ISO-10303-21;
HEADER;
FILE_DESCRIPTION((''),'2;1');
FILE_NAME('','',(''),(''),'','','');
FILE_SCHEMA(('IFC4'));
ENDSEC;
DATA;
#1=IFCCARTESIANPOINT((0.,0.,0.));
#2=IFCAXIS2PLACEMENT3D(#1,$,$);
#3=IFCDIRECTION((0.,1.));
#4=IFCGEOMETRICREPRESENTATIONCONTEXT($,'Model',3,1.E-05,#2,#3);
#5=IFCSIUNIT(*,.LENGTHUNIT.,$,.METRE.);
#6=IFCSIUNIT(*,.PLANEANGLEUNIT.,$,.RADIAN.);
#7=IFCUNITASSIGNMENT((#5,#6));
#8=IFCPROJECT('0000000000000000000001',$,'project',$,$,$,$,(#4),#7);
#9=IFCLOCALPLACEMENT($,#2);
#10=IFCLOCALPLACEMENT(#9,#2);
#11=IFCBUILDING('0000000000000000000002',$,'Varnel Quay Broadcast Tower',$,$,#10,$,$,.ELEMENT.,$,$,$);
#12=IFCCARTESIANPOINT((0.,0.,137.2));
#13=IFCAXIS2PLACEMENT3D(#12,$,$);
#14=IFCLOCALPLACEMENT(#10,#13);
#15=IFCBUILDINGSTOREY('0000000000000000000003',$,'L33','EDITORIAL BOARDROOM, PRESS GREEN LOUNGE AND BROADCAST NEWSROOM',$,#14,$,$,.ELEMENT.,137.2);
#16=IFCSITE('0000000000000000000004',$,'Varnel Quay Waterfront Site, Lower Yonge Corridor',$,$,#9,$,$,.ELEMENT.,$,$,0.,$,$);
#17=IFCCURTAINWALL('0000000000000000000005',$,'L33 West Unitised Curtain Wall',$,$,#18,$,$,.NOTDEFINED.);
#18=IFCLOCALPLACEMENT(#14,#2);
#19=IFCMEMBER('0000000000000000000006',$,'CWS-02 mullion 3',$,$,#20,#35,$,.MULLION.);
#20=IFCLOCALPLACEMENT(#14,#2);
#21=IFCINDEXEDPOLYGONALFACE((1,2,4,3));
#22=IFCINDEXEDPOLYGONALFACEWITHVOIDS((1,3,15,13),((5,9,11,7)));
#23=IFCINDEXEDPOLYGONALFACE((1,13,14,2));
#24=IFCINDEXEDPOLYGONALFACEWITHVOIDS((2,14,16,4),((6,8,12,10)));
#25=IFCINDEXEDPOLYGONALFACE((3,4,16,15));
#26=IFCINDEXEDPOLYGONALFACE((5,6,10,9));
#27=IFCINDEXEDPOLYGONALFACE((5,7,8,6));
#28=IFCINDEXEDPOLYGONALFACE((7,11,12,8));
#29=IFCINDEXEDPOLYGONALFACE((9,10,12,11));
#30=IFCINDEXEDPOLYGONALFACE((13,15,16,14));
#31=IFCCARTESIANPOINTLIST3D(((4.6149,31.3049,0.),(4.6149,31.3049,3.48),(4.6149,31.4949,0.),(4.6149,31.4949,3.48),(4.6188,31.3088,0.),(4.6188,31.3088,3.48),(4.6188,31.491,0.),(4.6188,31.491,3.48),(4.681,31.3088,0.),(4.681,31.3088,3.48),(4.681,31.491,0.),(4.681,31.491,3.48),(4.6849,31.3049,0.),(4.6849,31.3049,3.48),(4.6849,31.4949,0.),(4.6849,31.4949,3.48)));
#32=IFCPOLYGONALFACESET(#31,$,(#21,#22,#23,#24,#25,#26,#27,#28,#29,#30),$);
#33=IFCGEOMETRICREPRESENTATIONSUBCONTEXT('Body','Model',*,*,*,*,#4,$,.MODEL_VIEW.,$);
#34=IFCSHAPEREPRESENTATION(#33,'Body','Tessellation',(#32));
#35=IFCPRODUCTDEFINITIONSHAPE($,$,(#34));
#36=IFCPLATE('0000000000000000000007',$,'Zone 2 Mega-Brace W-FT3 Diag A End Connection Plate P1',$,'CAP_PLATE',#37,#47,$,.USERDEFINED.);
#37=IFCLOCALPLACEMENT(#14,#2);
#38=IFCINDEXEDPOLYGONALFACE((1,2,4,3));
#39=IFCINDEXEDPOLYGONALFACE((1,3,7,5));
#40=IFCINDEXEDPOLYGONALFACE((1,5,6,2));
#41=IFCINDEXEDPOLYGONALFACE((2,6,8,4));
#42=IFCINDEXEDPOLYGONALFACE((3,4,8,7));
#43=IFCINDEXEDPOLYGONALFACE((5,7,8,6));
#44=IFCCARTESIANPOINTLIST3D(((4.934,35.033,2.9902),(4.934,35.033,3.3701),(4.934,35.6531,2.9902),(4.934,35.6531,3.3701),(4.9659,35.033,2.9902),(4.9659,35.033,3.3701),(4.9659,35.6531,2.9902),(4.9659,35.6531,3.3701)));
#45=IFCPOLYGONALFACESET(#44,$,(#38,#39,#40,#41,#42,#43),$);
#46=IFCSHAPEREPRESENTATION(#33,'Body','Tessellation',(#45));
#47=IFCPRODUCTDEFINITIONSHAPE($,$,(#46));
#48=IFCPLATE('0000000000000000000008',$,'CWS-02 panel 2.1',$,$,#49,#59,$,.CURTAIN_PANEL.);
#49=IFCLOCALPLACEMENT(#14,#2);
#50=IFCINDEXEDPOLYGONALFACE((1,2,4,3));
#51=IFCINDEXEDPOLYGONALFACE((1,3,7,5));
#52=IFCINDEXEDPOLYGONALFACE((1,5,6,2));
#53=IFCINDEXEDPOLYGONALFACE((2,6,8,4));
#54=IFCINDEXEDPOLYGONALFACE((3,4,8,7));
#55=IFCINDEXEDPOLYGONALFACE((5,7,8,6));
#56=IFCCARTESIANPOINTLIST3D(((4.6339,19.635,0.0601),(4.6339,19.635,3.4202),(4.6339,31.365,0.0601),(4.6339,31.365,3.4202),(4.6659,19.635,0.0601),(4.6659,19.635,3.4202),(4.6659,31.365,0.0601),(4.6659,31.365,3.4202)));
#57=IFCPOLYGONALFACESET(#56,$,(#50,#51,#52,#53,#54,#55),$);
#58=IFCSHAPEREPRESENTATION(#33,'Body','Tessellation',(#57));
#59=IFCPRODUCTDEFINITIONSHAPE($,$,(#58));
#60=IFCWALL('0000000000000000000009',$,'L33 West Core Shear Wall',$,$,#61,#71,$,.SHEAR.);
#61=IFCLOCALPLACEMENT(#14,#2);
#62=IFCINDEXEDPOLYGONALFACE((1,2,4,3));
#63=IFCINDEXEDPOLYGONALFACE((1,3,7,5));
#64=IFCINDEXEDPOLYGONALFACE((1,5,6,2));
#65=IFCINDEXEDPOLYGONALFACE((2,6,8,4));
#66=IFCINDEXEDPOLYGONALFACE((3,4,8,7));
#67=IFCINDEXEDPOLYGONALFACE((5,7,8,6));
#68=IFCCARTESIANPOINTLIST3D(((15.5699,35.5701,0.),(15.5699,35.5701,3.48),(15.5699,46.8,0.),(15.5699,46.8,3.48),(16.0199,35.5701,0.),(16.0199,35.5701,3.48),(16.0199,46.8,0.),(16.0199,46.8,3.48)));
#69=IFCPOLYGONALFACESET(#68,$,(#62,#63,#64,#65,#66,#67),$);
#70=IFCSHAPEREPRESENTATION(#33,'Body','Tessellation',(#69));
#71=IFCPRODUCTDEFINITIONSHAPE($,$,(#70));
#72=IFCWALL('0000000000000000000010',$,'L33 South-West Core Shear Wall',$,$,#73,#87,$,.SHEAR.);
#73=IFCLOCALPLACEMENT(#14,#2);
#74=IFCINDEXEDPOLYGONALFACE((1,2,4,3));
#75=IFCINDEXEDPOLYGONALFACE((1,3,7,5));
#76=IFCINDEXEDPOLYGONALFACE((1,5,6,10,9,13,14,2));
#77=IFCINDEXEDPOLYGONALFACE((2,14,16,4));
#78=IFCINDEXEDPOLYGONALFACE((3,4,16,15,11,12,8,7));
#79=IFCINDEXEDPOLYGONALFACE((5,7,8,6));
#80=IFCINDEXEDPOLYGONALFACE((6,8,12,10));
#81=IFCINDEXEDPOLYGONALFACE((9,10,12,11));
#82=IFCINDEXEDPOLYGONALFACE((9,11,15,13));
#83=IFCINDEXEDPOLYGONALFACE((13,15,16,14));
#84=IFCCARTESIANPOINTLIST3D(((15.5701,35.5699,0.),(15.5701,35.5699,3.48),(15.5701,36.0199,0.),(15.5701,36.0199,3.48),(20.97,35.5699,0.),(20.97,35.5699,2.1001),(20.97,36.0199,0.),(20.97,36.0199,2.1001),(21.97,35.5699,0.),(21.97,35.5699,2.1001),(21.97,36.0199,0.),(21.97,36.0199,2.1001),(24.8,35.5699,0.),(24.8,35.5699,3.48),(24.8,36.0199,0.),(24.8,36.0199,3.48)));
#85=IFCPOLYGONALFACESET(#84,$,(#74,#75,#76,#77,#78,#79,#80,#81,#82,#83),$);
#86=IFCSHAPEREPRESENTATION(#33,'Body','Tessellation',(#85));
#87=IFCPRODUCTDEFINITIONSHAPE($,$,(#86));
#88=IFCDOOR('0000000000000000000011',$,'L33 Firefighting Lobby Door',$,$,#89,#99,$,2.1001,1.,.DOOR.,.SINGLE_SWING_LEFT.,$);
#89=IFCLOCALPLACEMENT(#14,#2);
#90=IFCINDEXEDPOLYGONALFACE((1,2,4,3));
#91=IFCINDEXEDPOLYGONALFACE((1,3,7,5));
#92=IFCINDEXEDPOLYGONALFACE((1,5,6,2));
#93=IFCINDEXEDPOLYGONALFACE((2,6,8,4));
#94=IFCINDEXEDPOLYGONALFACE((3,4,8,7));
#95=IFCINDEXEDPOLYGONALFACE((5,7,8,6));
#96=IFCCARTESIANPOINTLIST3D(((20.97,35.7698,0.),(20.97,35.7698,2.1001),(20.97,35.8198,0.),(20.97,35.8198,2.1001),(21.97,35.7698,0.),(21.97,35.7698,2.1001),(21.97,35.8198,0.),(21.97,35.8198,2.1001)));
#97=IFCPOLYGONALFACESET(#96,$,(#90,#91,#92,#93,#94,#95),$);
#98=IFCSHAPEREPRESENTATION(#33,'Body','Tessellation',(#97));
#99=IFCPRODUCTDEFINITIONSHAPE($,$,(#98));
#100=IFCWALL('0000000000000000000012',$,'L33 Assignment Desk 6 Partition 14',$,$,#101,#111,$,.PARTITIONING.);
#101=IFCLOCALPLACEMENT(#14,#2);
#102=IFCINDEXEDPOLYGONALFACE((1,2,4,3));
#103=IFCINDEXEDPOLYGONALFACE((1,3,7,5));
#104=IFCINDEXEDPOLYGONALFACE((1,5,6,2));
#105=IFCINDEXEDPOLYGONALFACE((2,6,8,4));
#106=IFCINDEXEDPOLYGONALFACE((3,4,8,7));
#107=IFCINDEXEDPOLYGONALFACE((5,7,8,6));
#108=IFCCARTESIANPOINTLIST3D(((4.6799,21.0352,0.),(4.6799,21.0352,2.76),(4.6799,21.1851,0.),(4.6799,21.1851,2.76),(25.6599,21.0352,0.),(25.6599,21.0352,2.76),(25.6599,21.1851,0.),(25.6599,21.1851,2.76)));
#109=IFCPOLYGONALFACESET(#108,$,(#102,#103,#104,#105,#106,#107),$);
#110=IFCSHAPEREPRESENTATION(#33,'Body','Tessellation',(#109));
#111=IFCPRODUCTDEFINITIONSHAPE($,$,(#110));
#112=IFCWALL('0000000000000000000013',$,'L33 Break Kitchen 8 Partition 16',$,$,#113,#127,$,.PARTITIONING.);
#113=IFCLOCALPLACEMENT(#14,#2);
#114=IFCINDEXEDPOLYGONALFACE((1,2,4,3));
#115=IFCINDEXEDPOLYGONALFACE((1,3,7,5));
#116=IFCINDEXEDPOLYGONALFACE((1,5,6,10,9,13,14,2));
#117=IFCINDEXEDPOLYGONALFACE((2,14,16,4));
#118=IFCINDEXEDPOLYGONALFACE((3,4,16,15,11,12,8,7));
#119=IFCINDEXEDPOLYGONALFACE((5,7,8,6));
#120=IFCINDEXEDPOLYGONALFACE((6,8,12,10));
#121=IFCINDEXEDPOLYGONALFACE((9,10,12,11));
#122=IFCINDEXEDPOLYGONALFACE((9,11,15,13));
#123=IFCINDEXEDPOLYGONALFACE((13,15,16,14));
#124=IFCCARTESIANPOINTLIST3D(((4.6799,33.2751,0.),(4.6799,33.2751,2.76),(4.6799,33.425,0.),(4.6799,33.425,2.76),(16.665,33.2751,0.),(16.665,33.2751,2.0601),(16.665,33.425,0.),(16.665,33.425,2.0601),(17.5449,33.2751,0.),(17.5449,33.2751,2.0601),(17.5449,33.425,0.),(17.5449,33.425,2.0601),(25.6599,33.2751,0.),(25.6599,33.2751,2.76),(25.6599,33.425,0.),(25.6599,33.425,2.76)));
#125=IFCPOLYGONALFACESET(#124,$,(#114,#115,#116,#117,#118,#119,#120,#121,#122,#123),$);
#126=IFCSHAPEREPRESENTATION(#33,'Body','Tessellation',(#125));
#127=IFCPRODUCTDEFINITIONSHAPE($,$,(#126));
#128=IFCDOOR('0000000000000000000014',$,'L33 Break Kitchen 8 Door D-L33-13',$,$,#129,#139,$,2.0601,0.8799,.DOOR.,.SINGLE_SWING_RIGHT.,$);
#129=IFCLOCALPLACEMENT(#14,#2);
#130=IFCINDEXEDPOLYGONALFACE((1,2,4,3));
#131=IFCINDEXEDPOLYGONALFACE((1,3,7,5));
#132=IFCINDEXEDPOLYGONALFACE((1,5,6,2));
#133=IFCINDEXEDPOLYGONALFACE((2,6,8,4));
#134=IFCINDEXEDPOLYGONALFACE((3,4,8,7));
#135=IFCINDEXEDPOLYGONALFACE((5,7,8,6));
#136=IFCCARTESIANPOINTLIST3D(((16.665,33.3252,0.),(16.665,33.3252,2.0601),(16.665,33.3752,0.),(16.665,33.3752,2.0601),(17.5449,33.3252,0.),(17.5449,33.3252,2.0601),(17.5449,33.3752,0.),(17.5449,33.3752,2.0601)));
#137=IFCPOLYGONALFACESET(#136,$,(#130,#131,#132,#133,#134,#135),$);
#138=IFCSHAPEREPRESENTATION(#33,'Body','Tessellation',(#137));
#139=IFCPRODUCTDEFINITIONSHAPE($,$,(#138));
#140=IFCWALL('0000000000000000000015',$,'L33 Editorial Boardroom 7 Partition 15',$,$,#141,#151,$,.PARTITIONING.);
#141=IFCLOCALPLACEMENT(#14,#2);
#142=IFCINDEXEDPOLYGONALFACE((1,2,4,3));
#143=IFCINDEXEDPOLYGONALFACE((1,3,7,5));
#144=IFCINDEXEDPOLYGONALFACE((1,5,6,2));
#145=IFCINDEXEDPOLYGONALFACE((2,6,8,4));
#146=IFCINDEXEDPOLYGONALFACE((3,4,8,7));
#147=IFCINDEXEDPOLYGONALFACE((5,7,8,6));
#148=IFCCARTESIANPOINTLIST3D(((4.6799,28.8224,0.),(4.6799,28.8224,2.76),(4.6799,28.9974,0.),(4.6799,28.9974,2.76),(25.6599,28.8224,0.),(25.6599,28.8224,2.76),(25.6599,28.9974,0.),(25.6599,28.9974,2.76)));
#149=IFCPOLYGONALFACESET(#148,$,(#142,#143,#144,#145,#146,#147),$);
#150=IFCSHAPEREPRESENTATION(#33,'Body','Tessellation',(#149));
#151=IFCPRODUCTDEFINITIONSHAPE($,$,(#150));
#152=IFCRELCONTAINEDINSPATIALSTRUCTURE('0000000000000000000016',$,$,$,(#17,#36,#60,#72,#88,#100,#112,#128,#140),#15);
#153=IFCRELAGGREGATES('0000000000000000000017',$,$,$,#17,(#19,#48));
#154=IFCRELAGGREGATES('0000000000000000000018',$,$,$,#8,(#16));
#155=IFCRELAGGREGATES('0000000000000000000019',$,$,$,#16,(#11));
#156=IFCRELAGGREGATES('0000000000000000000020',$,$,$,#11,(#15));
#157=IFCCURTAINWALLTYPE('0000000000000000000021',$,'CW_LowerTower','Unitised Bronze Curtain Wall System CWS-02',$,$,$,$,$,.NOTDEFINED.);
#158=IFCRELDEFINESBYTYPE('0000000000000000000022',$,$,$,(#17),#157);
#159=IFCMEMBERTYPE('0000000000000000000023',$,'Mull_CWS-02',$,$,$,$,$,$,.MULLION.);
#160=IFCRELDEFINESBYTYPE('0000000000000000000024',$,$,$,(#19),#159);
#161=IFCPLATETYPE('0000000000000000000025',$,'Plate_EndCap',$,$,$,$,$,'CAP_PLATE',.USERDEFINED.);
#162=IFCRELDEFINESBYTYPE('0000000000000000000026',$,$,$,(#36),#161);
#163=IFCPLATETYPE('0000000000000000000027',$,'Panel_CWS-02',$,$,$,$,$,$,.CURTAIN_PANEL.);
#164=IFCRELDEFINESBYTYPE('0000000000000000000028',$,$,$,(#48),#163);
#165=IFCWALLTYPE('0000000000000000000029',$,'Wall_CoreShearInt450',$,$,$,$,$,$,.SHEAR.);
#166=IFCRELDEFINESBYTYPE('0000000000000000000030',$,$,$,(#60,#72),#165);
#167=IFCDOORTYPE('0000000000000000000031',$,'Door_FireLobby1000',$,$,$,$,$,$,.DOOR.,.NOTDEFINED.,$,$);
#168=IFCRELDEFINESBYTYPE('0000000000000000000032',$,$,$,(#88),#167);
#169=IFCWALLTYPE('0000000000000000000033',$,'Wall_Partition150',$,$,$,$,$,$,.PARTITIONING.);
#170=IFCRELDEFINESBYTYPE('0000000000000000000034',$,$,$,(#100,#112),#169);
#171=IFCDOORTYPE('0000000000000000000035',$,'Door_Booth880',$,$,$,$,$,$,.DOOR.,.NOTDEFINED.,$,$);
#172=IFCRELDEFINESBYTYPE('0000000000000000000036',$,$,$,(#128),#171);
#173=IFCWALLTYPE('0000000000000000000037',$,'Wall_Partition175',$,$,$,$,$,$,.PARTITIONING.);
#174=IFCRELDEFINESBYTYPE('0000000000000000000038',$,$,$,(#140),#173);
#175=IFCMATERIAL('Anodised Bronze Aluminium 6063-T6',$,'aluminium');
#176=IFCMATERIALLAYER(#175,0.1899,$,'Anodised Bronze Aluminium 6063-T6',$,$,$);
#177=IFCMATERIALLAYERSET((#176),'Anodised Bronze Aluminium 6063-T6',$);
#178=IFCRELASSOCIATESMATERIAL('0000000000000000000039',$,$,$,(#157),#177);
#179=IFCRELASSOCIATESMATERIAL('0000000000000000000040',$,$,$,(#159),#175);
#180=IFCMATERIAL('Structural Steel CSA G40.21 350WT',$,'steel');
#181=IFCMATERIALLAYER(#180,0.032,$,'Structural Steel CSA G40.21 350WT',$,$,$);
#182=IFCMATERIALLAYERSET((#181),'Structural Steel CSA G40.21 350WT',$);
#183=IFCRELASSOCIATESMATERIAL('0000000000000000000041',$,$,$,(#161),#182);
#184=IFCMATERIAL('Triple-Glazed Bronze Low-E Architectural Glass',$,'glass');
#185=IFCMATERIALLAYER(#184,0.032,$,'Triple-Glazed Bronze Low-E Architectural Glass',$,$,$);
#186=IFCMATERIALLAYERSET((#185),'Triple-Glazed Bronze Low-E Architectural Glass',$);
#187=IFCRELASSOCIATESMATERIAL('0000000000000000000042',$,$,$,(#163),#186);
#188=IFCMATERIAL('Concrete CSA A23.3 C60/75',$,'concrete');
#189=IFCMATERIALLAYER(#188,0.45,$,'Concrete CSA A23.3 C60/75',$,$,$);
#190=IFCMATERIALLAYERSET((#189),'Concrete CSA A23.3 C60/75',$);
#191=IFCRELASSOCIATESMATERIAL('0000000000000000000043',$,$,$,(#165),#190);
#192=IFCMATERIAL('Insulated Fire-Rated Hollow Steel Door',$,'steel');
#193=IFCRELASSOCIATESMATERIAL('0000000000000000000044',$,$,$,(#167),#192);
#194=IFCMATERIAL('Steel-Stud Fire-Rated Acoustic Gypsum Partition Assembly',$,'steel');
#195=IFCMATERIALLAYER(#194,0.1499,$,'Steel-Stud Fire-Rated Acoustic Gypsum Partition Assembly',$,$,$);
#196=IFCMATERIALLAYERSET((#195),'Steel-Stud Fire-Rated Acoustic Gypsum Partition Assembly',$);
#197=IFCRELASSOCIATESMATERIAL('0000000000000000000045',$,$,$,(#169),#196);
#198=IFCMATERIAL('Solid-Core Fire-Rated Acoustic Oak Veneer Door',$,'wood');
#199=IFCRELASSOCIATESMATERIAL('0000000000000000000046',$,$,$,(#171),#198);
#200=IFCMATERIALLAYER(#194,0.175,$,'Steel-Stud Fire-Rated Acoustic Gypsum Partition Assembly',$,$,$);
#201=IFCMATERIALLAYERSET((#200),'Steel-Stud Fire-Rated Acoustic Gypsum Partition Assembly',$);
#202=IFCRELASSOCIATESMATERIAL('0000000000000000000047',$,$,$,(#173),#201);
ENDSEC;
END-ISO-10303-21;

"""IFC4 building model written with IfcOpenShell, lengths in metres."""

from ifc_helpers import new_model, si_unit, direction, frame, frame_2d, origin, origin_2d, place, context, subcontext, project, spatial, rectangle, hollow_rectangle, extrude, source, transform, mapped, material, layer, layer_set, material_profile, profile_set, type_object, type_shapes, element, fill, aggregate, save


model = new_model("IFC4")

# Units and contexts
model_context = context("Model", 3, precision=1e-05, world=origin(), true_north=direction((0.0, 1.0)))
body_context = subcontext(model_context, "Body", "Model", "MODEL_VIEW")
ifc_project = project(units=[si_unit("LENGTHUNIT", "METRE"), si_unit("PLANEANGLEUNIT", "RADIAN")], contexts=[model_context])

# Site, building, storey
site_placement = place(None, origin())
site = spatial("IfcSite", under=ifc_project, at=site_placement, Name="Varnel Quay Waterfront Site, Lower Yonge Corridor", CompositionType="ELEMENT", RefElevation=0.0)
building_placement = place(site_placement, origin())
building = spatial("IfcBuilding", under=site, at=building_placement, Name="Varnel Quay Broadcast Tower", CompositionType="ELEMENT")
storey_placement = place(building_placement, frame((0.0, 0.0, 137.2)))
storey = spatial("IfcBuildingStorey", under=building, at=storey_placement, Name="L33", Description="EDITORIAL BOARDROOM, PRESS GREEN LOUNGE AND BROADCAST NEWSROOM", CompositionType="ELEMENT", Elevation=137.2)

# Shared definitions
ifc_material_1 = material(Name="Structural Steel CSA G40.21 350WT", Category="steel")

# Shared definitions
ifc_material_2 = material(Name="Concrete CSA A23.3 C60/75", Category="concrete")

# Curtain wall, member
ifc_material_3 = material(Name="Anodised Bronze Aluminium 6063-T6", Category="aluminium")
ifc_layer_1 = layer(ifc_material_3, 0.1899, Name="Anodised Bronze Aluminium 6063-T6")
ifc_layer_set_1 = layer_set([ifc_layer_1], Name="Anodised Bronze Aluminium 6063-T6")
curtain_wall_type = type_object("IfcCurtainWallType", Name="CW_LowerTower", Description="Unitised Bronze Curtain Wall System CWS-02", PredefinedType="NOTDEFINED", material=ifc_layer_set_1)
curtain_wall_placement = place(storey_placement, origin())
curtain_wall = element("IfcCurtainWall", 1, at=curtain_wall_placement, inside=storey, type_object=curtain_wall_type, Name="L33 West Unitised Curtain Wall", PredefinedType="NOTDEFINED")
ifc_material_profile_1 = material_profile(ifc_material_3, hollow_rectangle(XDim=0.0701, YDim=0.1899, WallThickness=0.0039, at=origin_2d()), Name="ALU70X190X4")
ifc_profile_set_1 = profile_set([ifc_material_profile_1], Name="Anodised Bronze Aluminium 6063-T6")
member_type_1 = type_object("IfcMemberType", Name="Mull_CWS-02", PredefinedType="MULLION", material=ifc_profile_set_1)
shared_shape_1 = source(origin(), body_context, "Body", "SweptSolid", [
    extrude(hollow_rectangle(XDim=0.0701, YDim=0.1899, WallThickness=0.0039, at=origin_2d()), origin(), (0.0, 0.0, 1.0), 3.48),
])
type_shapes(member_type_1, [shared_shape_1])
member_1_placement = place(storey_placement, frame((4.6499, 31.3999, 0.0), z_axis=(0.0, 0.0, 1.0), x_axis=(-1.0, 0.0, 0.0)))
member_1 = element("IfcMember", 2, at=member_1_placement, type_object=member_type_1, Name="CWS-02 mullion 3", PredefinedType="MULLION", context=body_context, shape_type="MappedRepresentation", body=[
    mapped(shared_shape_1, transform((0.0, 0.0, 0.0), x_axis=(1.0, 0.0, 0.0), y_axis=(0.0, 1.0, 0.0), z_axis=(0.0, 0.0, 1.0), scale=1.0)),
])

# Plates
ifc_layer_2 = layer(ifc_material_1, 0.032, Name="Structural Steel CSA G40.21 350WT")
ifc_layer_set_2 = layer_set([ifc_layer_2], Name="Structural Steel CSA G40.21 350WT")
plate_type_1 = type_object("IfcPlateType", Name="Plate_EndCap", ElementType="CAP_PLATE", PredefinedType="USERDEFINED", material=ifc_layer_set_2)
shared_shape_2 = source(origin(), body_context, "Body", "SweptSolid", [
    extrude(rectangle(XDim=0.6201, YDim=0.032, at=origin_2d()), origin(), (0.0, 0.0, 1.0), 0.3799),
])
type_shapes(plate_type_1, [shared_shape_2])
plate_1_placement = place(storey_placement, frame((4.95, 35.343, 2.9902), z_axis=(0.0, 0.0, 1.0), x_axis=(0.0, 1.0, 0.0)))
element("IfcPlate", 3, at=plate_1_placement, inside=storey, type_object=plate_type_1, Name="Zone 2 Mega-Brace W-FT3 Diag A End Connection Plate P1", ObjectType="CAP_PLATE", PredefinedType="USERDEFINED", context=body_context, shape_type="MappedRepresentation", body=[
    mapped(shared_shape_2, transform((0.0, 0.0, 0.0), x_axis=(1.0, 0.0, 0.0), y_axis=(0.0, 1.0, 0.0), z_axis=(0.0, 0.0, 1.0), scale=1.0)),
])
ifc_material_4 = material(Name="Triple-Glazed Bronze Low-E Architectural Glass", Category="glass")
ifc_layer_3 = layer(ifc_material_4, 0.032, Name="Triple-Glazed Bronze Low-E Architectural Glass")
ifc_layer_set_3 = layer_set([ifc_layer_3], Name="Triple-Glazed Bronze Low-E Architectural Glass")
plate_type_2 = type_object("IfcPlateType", Name="Panel_CWS-02", PredefinedType="CURTAIN_PANEL", material=ifc_layer_set_3)
shared_shape_3 = source(origin(), body_context, "Body", "SweptSolid", [
    extrude(rectangle(XDim=11.73, YDim=0.032, at=origin_2d()), origin(), (0.0, 0.0, 1.0), 3.3601),
])
type_shapes(plate_type_2, [shared_shape_3])
plate_2_placement = place(storey_placement, frame((4.6499, 25.5, 0.0601), z_axis=(0.0, 0.0, 1.0), x_axis=(0.0, 1.0, 0.0)))
plate_2 = element("IfcPlate", 4, at=plate_2_placement, type_object=plate_type_2, Name="CWS-02 panel 2.1", PredefinedType="CURTAIN_PANEL", context=body_context, shape_type="MappedRepresentation", body=[
    mapped(shared_shape_3, transform((0.0, 0.0, 0.0), x_axis=(1.0, 0.0, 0.0), y_axis=(0.0, 1.0, 0.0), z_axis=(0.0, 0.0, 1.0), scale=1.0)),
])
aggregate(curtain_wall, [member_1, plate_2])

# Wall
ifc_layer_4 = layer(ifc_material_2, 0.45, Name="Concrete CSA A23.3 C60/75")
ifc_layer_set_4 = layer_set([ifc_layer_4], Name="Concrete CSA A23.3 C60/75")
wall_type_1 = type_object("IfcWallType", Name="Wall_CoreShearInt450", PredefinedType="SHEAR", material=ifc_layer_set_4)
wall_1_placement = place(storey_placement, frame((15.7949, 35.5701, 0.0), z_axis=(0.0, 0.0, 1.0), x_axis=(0.0, 1.0, 0.0)))
element("IfcWall", 5, at=wall_1_placement, inside=storey, type_object=wall_type_1, Name="L33 West Core Shear Wall", PredefinedType="SHEAR", context=body_context, shape_type="SweptSolid", body=[
    extrude(rectangle(XDim=11.23, YDim=0.45, at=frame_2d((5.615, 0.0))), origin(), (0.0, 0.0, 1.0), 3.48),
])

# Wall, opening, door
wall_2_placement = place(storey_placement, frame((15.5701, 35.7949, 0.0), z_axis=(0.0, 0.0, 1.0), x_axis=(1.0, 0.0, 0.0)))
wall_2 = element("IfcWall", 6, at=wall_2_placement, inside=storey, type_object=wall_type_1, Name="L33 South-West Core Shear Wall", PredefinedType="SHEAR", context=body_context, shape_type="SweptSolid", body=[
    extrude(rectangle(XDim=9.23, YDim=0.45, at=frame_2d((4.615, 0.0))), origin(), (0.0, 0.0, 1.0), 3.48),
])
opening_1_placement = place(wall_2_placement, frame((5.3999, 0.0, 0.0)))
opening_1 = element("IfcOpeningElement", 7, at=opening_1_placement, cuts=wall_2, PredefinedType="OPENING", context=body_context, shape_type="SweptSolid", body=[
    extrude(rectangle(XDim=1.0, YDim=2.1001, at=frame_2d((0.5, 1.05))), frame((0.0, 0.2349, 0.0), z_axis=(0.0, -1.0, 0.0), x_axis=(1.0, 0.0, 0.0)), (0.0, 0.0, 1.0), 0.47),
])
ifc_material_5 = material(Name="Insulated Fire-Rated Hollow Steel Door", Category="steel")
door_type_1 = type_object("IfcDoorType", Name="Door_FireLobby1000", OperationType="NOTDEFINED", PredefinedType="DOOR", material=ifc_material_5)
shared_shape_4 = source(origin(), body_context, "Body", "SweptSolid", [
    extrude(rectangle(XDim=1.0, YDim=2.1001, at=frame_2d((0.5, 1.05))), frame((0.0, 0.0249, 0.0), z_axis=(0.0, -1.0, 0.0), x_axis=(1.0, 0.0, 0.0)), (0.0, 0.0, 1.0), 0.05),
])
type_shapes(door_type_1, [shared_shape_4])
door_1_placement = place(opening_1_placement, origin())
door_1 = element("IfcDoor", 8, at=door_1_placement, inside=storey, type_object=door_type_1, Name="L33 Firefighting Lobby Door", OperationType="SINGLE_SWING_LEFT", OverallHeight=2.1001, OverallWidth=1.0, PredefinedType="DOOR", context=body_context, shape_type="MappedRepresentation", body=[
    mapped(shared_shape_4, transform((0.0, 0.0, 0.0), x_axis=(1.0, 0.0, 0.0), y_axis=(0.0, 1.0, 0.0), z_axis=(0.0, 0.0, 1.0), scale=1.0)),
])
fill(opening_1, door_1)

# Wall
ifc_material_6 = material(Name="Steel-Stud Fire-Rated Acoustic Gypsum Partition Assembly", Category="steel")
ifc_layer_5 = layer(ifc_material_6, 0.1499, Name="Steel-Stud Fire-Rated Acoustic Gypsum Partition Assembly")
ifc_layer_set_5 = layer_set([ifc_layer_5], Name="Steel-Stud Fire-Rated Acoustic Gypsum Partition Assembly")
wall_type_2 = type_object("IfcWallType", Name="Wall_Partition150", PredefinedType="PARTITIONING", material=ifc_layer_set_5)
wall_3_placement = place(storey_placement, frame((4.6799, 21.1101, 0.0), z_axis=(0.0, 0.0, 1.0), x_axis=(1.0, 0.0, 0.0)))
element("IfcWall", 9, at=wall_3_placement, inside=storey, type_object=wall_type_2, Name="L33 Assignment Desk 6 Partition 14", PredefinedType="PARTITIONING", context=body_context, shape_type="SweptSolid", body=[
    extrude(rectangle(XDim=20.98, YDim=0.1499, at=frame_2d((10.49, 0.0))), origin(), (0.0, 0.0, 1.0), 2.76),
])

# Wall, opening, door
wall_4_placement = place(storey_placement, frame((4.6799, 33.3501, 0.0), z_axis=(0.0, 0.0, 1.0), x_axis=(1.0, 0.0, 0.0)))
wall_4 = element("IfcWall", 10, at=wall_4_placement, inside=storey, type_object=wall_type_2, Name="L33 Break Kitchen 8 Partition 16", PredefinedType="PARTITIONING", context=body_context, shape_type="SweptSolid", body=[
    extrude(rectangle(XDim=20.98, YDim=0.1499, at=frame_2d((10.49, 0.0))), origin(), (0.0, 0.0, 1.0), 2.76),
])
opening_2_placement = place(wall_4_placement, frame((11.9851, 0.0, 0.0)))
opening_2 = element("IfcOpeningElement", 11, at=opening_2_placement, cuts=wall_4, PredefinedType="OPENING", context=body_context, shape_type="SweptSolid", body=[
    extrude(rectangle(XDim=0.8799, YDim=2.0601, at=frame_2d((0.4399, 1.03))), frame((0.0, 0.085, 0.0), z_axis=(0.0, -1.0, 0.0), x_axis=(1.0, 0.0, 0.0)), (0.0, 0.0, 1.0), 0.1699),
])
ifc_material_7 = material(Name="Solid-Core Fire-Rated Acoustic Oak Veneer Door", Category="wood")
door_type_2 = type_object("IfcDoorType", Name="Door_Booth880", OperationType="NOTDEFINED", PredefinedType="DOOR", material=ifc_material_7)
shared_shape_5 = source(origin(), body_context, "Body", "SweptSolid", [
    extrude(rectangle(XDim=0.8799, YDim=2.0601, at=frame_2d((0.4399, 1.03))), frame((0.0, 0.0249, 0.0), z_axis=(0.0, -1.0, 0.0), x_axis=(1.0, 0.0, 0.0)), (0.0, 0.0, 1.0), 0.05),
])
type_shapes(door_type_2, [shared_shape_5])
door_2_placement = place(opening_2_placement, frame((0.8799, 0.0, 0.0), z_axis=(0.0, 0.0, 1.0), x_axis=(-1.0, 0.0, 0.0)))
door_2 = element("IfcDoor", 12, at=door_2_placement, inside=storey, type_object=door_type_2, Name="L33 Break Kitchen 8 Door D-L33-13", OperationType="SINGLE_SWING_RIGHT", OverallHeight=2.0601, OverallWidth=0.8799, PredefinedType="DOOR", context=body_context, shape_type="MappedRepresentation", body=[
    mapped(shared_shape_5, transform((0.0, 0.0, 0.0), x_axis=(1.0, 0.0, 0.0), y_axis=(0.0, 1.0, 0.0), z_axis=(0.0, 0.0, 1.0), scale=1.0)),
])
fill(opening_2, door_2)

# Wall
ifc_layer_6 = layer(ifc_material_6, 0.175, Name="Steel-Stud Fire-Rated Acoustic Gypsum Partition Assembly")
ifc_layer_set_6 = layer_set([ifc_layer_6], Name="Steel-Stud Fire-Rated Acoustic Gypsum Partition Assembly")
wall_type_3 = type_object("IfcWallType", Name="Wall_Partition175", PredefinedType="PARTITIONING", material=ifc_layer_set_6)
wall_5_placement = place(storey_placement, frame((4.6799, 28.9099, 0.0), z_axis=(0.0, 0.0, 1.0), x_axis=(1.0, 0.0, 0.0)))
element("IfcWall", 13, at=wall_5_placement, inside=storey, type_object=wall_type_3, Name="L33 Editorial Boardroom 7 Partition 15", PredefinedType="PARTITIONING", context=body_context, shape_type="SweptSolid", body=[
    extrude(rectangle(XDim=20.98, YDim=0.175, at=frame_2d((10.49, 0.0))), origin(), (0.0, 0.0, 1.0), 2.76),
])

save(model, "model.ifc")
